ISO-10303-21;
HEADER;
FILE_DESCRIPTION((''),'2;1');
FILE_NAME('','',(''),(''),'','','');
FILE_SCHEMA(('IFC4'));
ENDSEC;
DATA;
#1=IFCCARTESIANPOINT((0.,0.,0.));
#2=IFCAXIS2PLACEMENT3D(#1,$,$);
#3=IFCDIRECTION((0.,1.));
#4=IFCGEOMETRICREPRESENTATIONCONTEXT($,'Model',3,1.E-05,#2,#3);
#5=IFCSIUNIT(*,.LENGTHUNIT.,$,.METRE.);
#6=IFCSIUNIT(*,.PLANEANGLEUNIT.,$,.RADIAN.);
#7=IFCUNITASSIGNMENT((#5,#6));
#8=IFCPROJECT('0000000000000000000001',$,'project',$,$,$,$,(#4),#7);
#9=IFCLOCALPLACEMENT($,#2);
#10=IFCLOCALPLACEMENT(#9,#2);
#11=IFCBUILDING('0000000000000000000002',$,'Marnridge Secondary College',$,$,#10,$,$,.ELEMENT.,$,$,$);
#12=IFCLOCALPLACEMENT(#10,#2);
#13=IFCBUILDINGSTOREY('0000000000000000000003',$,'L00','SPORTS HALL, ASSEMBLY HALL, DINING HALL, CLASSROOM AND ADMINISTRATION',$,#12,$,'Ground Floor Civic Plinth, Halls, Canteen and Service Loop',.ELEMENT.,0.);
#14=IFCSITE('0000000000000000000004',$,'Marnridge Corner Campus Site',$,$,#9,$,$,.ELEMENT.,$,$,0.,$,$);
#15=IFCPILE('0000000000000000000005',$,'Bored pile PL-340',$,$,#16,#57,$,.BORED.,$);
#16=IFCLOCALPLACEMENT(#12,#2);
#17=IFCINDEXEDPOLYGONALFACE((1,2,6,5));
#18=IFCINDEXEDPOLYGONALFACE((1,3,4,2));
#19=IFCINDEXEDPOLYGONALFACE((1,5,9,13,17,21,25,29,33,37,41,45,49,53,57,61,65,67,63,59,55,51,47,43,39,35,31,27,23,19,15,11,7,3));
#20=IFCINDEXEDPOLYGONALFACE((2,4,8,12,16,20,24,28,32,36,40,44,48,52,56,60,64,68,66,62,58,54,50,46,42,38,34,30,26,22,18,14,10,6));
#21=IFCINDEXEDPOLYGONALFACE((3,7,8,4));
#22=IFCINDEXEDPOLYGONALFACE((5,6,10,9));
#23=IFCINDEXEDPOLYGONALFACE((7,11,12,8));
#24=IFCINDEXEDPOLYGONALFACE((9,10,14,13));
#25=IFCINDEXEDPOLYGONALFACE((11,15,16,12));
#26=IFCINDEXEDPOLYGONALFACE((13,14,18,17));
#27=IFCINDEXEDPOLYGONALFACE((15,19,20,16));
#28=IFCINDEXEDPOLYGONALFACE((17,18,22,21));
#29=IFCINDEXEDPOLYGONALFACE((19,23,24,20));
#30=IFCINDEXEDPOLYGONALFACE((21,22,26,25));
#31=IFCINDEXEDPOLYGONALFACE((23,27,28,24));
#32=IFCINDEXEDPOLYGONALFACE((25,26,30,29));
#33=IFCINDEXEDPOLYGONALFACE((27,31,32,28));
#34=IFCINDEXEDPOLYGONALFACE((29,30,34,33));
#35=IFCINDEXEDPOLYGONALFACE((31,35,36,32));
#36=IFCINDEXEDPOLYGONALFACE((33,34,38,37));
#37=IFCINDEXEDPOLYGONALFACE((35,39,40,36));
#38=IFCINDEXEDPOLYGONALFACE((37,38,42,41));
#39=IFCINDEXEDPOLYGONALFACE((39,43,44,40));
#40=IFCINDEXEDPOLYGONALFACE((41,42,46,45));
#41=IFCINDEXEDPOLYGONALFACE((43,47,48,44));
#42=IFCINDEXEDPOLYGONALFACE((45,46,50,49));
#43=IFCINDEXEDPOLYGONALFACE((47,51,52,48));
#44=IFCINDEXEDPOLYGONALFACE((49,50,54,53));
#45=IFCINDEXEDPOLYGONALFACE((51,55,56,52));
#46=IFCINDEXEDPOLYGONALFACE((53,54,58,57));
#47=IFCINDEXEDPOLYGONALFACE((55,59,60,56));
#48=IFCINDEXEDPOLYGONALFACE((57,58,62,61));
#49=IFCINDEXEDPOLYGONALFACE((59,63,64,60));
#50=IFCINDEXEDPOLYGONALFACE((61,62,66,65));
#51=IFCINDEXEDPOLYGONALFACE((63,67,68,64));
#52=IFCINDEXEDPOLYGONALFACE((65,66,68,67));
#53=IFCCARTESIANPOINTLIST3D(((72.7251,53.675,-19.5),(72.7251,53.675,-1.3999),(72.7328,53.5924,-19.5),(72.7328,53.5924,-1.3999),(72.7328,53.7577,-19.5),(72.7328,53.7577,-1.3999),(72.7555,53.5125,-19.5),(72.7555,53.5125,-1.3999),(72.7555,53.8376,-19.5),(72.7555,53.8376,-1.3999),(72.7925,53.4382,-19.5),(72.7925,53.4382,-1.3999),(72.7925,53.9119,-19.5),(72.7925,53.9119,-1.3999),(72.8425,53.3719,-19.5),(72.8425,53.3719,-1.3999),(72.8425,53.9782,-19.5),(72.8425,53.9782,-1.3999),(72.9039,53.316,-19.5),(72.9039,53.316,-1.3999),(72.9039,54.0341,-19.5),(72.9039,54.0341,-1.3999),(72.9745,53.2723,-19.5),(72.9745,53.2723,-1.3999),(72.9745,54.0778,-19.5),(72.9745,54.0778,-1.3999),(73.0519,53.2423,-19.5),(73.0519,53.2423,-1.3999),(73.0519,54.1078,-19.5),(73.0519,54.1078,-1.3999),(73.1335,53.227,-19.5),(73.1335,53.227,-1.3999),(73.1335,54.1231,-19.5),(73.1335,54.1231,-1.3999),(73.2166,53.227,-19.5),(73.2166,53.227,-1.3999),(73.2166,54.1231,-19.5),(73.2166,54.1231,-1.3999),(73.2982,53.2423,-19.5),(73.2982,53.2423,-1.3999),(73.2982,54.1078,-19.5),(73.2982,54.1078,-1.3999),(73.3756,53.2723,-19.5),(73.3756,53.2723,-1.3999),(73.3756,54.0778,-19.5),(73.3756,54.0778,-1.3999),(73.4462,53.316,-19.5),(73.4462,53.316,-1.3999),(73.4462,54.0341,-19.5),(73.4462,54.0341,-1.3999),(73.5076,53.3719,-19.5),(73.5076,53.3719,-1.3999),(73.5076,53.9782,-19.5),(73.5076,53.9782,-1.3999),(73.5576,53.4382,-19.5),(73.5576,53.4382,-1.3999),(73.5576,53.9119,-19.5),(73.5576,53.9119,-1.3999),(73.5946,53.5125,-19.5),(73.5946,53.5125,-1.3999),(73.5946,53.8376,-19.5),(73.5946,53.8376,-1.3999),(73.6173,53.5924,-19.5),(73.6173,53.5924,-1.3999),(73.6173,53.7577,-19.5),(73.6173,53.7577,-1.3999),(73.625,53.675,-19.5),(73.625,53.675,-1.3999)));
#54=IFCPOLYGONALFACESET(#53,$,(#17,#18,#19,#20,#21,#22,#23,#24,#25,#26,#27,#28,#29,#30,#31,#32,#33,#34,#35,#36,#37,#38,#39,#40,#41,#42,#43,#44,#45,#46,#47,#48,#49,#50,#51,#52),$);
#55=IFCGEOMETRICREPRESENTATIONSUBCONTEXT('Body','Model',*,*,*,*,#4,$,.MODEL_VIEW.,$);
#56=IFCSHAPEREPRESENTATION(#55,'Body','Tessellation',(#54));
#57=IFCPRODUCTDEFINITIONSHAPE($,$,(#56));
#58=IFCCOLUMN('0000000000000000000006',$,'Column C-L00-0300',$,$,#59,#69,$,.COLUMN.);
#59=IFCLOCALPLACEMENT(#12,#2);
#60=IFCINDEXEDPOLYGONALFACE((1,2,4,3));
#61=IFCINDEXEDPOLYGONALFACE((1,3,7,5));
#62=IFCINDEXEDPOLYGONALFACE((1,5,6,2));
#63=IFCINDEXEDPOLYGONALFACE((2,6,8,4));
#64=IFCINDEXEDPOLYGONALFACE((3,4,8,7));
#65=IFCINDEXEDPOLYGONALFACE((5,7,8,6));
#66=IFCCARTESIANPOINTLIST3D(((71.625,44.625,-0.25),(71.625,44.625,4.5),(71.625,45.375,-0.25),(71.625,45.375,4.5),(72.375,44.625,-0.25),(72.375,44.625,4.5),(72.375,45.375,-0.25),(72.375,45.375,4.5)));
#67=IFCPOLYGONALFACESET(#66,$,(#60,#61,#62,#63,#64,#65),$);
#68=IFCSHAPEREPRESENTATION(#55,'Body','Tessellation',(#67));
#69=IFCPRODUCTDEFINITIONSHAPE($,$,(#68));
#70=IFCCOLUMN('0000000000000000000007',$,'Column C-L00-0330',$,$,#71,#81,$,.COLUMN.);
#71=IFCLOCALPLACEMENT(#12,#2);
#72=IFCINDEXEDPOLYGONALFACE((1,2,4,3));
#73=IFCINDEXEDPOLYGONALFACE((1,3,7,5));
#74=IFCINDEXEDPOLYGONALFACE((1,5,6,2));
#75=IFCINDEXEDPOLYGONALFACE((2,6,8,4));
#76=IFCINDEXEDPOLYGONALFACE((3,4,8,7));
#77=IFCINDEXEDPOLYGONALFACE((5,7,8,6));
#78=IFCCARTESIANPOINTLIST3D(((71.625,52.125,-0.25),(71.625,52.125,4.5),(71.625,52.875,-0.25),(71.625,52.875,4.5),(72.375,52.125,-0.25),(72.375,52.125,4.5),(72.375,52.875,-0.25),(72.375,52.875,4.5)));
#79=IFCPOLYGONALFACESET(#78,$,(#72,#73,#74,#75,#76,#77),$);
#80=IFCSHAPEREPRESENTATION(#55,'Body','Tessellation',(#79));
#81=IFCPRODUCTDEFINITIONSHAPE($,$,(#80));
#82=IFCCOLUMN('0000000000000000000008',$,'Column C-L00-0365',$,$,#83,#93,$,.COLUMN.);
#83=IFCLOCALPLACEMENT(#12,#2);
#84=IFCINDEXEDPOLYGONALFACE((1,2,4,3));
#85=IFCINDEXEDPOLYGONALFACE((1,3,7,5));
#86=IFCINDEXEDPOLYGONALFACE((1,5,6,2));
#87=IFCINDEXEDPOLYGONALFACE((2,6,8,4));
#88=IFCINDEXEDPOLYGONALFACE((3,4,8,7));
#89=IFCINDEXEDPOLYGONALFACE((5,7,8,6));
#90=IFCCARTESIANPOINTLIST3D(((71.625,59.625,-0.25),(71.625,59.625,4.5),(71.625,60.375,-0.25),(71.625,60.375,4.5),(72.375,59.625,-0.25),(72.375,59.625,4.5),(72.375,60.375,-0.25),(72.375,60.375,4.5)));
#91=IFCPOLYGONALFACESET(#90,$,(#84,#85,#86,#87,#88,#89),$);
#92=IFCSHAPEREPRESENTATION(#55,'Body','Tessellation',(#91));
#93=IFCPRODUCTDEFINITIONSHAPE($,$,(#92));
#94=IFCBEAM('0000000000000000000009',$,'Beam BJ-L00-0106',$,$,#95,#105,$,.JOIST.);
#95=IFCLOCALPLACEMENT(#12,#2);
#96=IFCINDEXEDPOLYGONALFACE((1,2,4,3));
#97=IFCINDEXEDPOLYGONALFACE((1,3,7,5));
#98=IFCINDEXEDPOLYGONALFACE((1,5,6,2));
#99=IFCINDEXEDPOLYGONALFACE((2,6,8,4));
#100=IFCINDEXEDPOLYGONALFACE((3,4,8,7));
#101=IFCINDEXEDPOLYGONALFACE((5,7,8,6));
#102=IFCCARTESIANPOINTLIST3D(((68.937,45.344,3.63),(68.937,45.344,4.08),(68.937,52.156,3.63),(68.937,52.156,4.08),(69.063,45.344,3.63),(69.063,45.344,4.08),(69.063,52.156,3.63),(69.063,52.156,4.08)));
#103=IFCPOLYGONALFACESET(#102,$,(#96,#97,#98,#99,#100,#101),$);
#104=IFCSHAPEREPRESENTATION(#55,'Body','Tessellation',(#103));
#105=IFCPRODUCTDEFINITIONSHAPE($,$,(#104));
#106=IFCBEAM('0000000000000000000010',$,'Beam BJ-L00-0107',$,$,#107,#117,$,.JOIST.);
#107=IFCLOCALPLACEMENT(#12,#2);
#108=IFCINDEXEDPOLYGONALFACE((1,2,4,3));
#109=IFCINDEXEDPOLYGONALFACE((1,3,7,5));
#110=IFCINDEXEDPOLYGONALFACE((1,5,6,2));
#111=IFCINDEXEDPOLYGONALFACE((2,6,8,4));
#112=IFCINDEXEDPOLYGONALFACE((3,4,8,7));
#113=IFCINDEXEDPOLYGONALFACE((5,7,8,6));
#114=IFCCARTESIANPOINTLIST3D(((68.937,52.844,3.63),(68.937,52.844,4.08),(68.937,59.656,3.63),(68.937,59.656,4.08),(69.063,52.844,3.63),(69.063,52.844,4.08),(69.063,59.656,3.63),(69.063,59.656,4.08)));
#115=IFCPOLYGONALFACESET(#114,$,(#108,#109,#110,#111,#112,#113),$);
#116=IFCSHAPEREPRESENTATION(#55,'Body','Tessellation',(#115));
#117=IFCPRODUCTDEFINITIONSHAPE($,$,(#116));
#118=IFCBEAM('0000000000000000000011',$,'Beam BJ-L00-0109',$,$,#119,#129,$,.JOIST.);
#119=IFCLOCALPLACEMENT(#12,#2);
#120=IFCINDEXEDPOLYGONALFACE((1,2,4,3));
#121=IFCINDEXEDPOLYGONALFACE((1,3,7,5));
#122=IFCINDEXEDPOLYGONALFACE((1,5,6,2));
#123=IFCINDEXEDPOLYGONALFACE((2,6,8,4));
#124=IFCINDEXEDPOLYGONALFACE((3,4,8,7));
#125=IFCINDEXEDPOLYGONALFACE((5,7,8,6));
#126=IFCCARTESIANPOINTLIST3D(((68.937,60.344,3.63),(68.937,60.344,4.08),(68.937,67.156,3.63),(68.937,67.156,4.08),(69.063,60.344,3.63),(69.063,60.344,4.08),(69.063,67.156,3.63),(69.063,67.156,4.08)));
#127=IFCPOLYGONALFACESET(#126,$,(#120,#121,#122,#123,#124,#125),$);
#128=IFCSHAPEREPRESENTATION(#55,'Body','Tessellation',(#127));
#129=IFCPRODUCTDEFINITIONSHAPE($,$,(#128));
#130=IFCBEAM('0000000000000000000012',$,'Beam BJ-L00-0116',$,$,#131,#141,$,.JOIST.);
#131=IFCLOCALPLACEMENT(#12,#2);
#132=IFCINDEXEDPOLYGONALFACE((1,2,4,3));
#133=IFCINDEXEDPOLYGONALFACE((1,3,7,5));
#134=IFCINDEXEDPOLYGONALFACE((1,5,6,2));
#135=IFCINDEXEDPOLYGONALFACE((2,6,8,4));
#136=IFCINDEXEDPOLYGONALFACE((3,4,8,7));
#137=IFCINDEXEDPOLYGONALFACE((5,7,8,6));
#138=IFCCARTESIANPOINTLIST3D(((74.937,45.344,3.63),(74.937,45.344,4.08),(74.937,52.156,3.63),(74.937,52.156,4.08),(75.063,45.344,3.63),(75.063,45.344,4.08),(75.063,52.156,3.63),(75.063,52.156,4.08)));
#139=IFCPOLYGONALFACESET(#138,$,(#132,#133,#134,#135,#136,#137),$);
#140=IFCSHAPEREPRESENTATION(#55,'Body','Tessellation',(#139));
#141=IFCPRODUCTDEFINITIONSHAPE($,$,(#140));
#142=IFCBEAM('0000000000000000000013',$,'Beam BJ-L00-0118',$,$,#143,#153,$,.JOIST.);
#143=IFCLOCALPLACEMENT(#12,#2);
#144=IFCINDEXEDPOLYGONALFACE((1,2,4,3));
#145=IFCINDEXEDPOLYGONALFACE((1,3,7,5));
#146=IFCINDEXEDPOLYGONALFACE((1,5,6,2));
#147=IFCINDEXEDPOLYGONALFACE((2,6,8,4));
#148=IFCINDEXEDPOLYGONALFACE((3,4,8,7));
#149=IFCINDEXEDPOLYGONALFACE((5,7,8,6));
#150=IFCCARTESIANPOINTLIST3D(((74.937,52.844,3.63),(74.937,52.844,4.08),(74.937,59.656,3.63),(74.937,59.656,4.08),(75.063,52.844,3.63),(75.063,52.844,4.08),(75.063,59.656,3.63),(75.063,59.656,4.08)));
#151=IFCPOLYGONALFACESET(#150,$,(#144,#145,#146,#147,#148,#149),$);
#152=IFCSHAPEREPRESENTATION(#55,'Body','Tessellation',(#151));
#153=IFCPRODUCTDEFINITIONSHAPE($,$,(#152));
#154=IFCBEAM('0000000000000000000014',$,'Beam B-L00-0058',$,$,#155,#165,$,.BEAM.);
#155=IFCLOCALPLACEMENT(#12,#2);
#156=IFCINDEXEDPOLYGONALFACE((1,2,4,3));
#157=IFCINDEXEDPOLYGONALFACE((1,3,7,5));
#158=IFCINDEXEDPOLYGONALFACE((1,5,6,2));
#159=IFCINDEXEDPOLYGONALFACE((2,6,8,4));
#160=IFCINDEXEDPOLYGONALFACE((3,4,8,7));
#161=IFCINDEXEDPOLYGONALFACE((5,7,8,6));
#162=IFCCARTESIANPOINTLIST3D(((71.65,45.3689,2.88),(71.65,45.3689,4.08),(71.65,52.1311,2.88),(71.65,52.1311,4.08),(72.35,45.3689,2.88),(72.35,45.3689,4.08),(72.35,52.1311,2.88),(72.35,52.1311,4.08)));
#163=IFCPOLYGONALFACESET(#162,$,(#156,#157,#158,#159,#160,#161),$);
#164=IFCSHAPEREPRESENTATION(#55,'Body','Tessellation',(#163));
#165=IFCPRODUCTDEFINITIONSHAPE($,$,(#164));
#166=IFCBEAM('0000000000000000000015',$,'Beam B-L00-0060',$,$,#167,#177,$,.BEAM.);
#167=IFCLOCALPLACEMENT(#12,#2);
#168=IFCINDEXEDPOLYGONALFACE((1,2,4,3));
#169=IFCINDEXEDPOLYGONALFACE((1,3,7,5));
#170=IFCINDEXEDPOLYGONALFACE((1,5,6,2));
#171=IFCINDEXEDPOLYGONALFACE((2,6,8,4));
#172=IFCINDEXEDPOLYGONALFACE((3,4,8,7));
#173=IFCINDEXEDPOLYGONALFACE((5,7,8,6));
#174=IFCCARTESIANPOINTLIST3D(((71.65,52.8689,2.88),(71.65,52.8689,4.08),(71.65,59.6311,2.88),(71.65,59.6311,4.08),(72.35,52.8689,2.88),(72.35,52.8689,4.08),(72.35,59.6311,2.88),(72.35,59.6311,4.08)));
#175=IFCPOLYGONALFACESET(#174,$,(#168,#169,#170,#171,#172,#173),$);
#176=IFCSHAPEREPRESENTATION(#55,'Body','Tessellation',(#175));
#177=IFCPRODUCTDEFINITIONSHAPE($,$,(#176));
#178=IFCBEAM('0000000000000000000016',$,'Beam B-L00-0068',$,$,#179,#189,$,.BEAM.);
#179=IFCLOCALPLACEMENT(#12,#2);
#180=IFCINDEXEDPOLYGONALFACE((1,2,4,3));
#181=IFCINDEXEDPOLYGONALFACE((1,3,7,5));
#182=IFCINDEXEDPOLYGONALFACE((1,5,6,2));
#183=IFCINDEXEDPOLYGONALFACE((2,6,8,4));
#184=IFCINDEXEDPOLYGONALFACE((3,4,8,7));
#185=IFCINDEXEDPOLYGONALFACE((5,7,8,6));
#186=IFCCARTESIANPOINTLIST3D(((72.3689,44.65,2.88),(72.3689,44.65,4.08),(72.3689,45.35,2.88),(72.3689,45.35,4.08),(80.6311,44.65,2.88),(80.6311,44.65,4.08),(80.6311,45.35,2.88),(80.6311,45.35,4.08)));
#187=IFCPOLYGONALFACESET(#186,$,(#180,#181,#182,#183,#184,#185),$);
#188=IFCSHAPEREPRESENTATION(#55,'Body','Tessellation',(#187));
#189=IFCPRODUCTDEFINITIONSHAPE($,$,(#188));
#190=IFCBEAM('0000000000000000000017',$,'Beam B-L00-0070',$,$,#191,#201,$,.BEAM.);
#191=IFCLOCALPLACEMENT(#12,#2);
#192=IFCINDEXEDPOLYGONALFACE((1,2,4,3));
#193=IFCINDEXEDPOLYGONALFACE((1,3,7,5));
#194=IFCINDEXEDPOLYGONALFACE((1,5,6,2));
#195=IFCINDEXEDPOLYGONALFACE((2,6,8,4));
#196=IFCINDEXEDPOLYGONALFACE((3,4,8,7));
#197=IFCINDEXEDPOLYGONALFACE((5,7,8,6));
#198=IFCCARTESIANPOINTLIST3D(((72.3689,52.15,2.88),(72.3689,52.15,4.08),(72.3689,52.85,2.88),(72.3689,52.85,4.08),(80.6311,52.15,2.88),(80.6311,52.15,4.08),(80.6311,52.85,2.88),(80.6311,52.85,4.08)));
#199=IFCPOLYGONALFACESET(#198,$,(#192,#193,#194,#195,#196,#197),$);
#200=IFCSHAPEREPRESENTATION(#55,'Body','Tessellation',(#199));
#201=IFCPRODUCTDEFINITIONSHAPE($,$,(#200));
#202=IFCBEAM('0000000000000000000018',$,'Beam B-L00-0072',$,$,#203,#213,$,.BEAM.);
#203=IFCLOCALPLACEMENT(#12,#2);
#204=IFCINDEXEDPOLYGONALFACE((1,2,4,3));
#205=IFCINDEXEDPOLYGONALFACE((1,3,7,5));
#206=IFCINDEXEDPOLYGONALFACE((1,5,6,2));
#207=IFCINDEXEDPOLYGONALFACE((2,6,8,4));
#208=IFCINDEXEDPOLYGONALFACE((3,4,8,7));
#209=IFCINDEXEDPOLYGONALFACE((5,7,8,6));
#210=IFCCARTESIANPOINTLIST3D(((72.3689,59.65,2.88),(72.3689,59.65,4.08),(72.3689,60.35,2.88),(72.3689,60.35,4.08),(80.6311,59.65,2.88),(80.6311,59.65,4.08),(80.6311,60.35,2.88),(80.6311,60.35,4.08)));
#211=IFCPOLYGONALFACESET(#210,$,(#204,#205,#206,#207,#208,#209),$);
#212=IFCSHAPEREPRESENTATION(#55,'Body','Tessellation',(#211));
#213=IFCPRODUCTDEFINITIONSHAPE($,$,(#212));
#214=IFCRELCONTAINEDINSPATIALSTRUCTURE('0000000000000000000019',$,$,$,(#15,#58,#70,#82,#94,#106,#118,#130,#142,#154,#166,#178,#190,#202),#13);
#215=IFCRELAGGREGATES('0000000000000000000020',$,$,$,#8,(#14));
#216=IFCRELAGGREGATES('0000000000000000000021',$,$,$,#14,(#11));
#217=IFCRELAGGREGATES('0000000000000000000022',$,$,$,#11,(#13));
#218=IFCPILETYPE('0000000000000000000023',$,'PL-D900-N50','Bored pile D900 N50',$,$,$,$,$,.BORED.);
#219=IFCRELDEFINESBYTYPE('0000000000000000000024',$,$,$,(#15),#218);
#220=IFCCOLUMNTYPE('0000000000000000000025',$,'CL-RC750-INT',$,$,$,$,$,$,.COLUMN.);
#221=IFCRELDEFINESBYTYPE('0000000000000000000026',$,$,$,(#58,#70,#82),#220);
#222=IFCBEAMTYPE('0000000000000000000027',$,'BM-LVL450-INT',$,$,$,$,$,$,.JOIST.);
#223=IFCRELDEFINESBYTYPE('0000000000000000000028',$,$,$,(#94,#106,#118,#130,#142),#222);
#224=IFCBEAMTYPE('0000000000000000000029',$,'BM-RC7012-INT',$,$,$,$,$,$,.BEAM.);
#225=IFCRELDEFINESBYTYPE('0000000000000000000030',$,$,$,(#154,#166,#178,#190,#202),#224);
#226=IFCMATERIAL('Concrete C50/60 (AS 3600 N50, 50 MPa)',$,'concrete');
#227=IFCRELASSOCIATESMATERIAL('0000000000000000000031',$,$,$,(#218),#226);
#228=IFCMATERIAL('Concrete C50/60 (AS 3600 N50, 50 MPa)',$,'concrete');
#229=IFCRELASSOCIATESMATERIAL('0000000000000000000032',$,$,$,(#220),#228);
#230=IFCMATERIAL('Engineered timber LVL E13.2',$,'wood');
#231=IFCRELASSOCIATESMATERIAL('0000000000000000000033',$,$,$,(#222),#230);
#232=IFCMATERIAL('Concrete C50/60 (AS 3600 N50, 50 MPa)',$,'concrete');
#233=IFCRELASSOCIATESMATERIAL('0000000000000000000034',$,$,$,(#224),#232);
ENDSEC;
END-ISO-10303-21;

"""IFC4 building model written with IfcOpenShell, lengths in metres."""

from ifc_helpers import new_model, si_unit, direction, frame, origin, origin_2d, place, context, subcontext, project, spatial, rectangle, circle, extrude, material, material_profile, profile_set, type_object, element, save


model = new_model("IFC4")

# Units and contexts
model_context = context("Model", 3, precision=1e-05, world=origin(), true_north=direction((0.0, 1.0)))
body_context = subcontext(model_context, "Body", "Model", "MODEL_VIEW")
ifc_project = project(units=[si_unit("LENGTHUNIT", "METRE"), si_unit("PLANEANGLEUNIT", "RADIAN")], contexts=[model_context])

# Site, building, storey
site_placement = place(None, origin())
site = spatial("IfcSite", under=ifc_project, at=site_placement, Name="Marnridge Corner Campus Site", CompositionType="ELEMENT", RefElevation=0.0)
building_placement = place(site_placement, origin())
building = spatial("IfcBuilding", under=site, at=building_placement, Name="Marnridge Secondary College", CompositionType="ELEMENT")
storey_placement = place(building_placement, origin())
storey = spatial("IfcBuildingStorey", under=building, at=storey_placement, Name="L00", Description="SPORTS HALL, ASSEMBLY HALL, DINING HALL, CLASSROOM AND ADMINISTRATION", LongName="Ground Floor Civic Plinth, Halls, Canteen and Service Loop", CompositionType="ELEMENT", Elevation=0.0)

# Pile
ifc_material_1 = material(Name="Concrete C50/60 (AS 3600 N50, 50 MPa)", Category="concrete")
ifc_material_profile_1 = material_profile(ifc_material_1, circle(Radius=0.45, at=origin_2d()), Name="PILE D900")
ifc_profile_set_1 = profile_set([ifc_material_profile_1], Name="Concrete C50/60 (AS 3600 N50, 50 MPa)")
pile_type_1 = type_object("IfcPileType", Name="PL-D900-N50", Description="Bored pile D900 N50", PredefinedType="BORED", material=ifc_profile_set_1)
for number, where, z_axis, x_axis, name in (
    (1, (73.175, 53.675, -1.3999), (0.0, 0.0, -1.0), (1.0, 0.0, 0.0), "Bored pile PL-340"),
):
    element("IfcPile", number, at=place(storey_placement, frame(where, z_axis=z_axis, x_axis=x_axis)), inside=storey, type_object=pile_type_1, Name=name, PredefinedType="BORED", context=body_context, shape_type="SweptSolid", body=[
        extrude(circle(Radius=0.45, at=origin_2d()), origin(), (0.0, 0.0, 1.0), 18.1001),
    ])

# Columns
ifc_material_2 = material(Name="Concrete C50/60 (AS 3600 N50, 50 MPa)", Category="concrete")
ifc_material_profile_2 = material_profile(ifc_material_2, rectangle(XDim=0.75, YDim=0.75, at=origin_2d()), Name="RC 750x750")
ifc_profile_set_2 = profile_set([ifc_material_profile_2], Name="Concrete C50/60 (AS 3600 N50, 50 MPa)")
column_type = type_object("IfcColumnType", Name="CL-RC750-INT", PredefinedType="COLUMN", material=ifc_profile_set_2)
for number, where, z_axis, x_axis, name in (
    (2, (72.0, 45.0, -0.25), (0.0, 0.0, 1.0), (1.0, 0.0, 0.0), "Column C-L00-0300"),
    (3, (72.0, 52.5, -0.25), (0.0, 0.0, 1.0), (1.0, 0.0, 0.0), "Column C-L00-0330"),
    (4, (72.0, 60.0, -0.25), (0.0, 0.0, 1.0), (1.0, 0.0, 0.0), "Column C-L00-0365"),
):
    element("IfcColumn", number, at=place(storey_placement, frame(where, z_axis=z_axis, x_axis=x_axis)), inside=storey, type_object=column_type, Name=name, PredefinedType="COLUMN", context=body_context, shape_type="SweptSolid", body=[
        extrude(rectangle(XDim=0.75, YDim=0.75, at=origin_2d()), origin(), (0.0, 0.0, 1.0), 4.75),
    ])

# Beams
ifc_material_3 = material(Name="Engineered timber LVL E13.2", Category="wood")
ifc_material_profile_3 = material_profile(ifc_material_3, rectangle(XDim=0.126, YDim=0.45, at=origin_2d()), Name="LVL 126x450")
ifc_profile_set_3 = profile_set([ifc_material_profile_3], Name="Engineered timber LVL E13.2")
beam_type_1 = type_object("IfcBeamType", Name="BM-LVL450-INT", PredefinedType="JOIST", material=ifc_profile_set_3)
for number, where, z_axis, x_axis, name in (
    (5, (69.0, 45.344, 3.855), (0.0, 1.0, 0.0), (-1.0, 0.0, 0.0), "Beam BJ-L00-0106"),
    (6, (69.0, 52.844, 3.855), (0.0, 1.0, 0.0), (-1.0, 0.0, 0.0), "Beam BJ-L00-0107"),
    (7, (69.0, 60.344, 3.855), (0.0, 1.0, 0.0), (-1.0, 0.0, 0.0), "Beam BJ-L00-0109"),
    (8, (75.0, 45.344, 3.855), (0.0, 1.0, 0.0), (-1.0, 0.0, 0.0), "Beam BJ-L00-0116"),
    (9, (75.0, 52.844, 3.855), (0.0, 1.0, 0.0), (-1.0, 0.0, 0.0), "Beam BJ-L00-0118"),
):
    element("IfcBeam", number, at=place(storey_placement, frame(where, z_axis=z_axis, x_axis=x_axis)), inside=storey, type_object=beam_type_1, Name=name, PredefinedType="JOIST", context=body_context, shape_type="SweptSolid", body=[
        extrude(rectangle(XDim=0.126, YDim=0.45, at=origin_2d()), origin(), (0.0, 0.0, 1.0), 6.812),
    ])
ifc_material_4 = material(Name="Concrete C50/60 (AS 3600 N50, 50 MPa)", Category="concrete")
ifc_material_profile_4 = material_profile(ifc_material_4, rectangle(XDim=0.7, YDim=1.2, at=origin_2d()), Name="RC 700x1200")
ifc_profile_set_4 = profile_set([ifc_material_profile_4], Name="Concrete C50/60 (AS 3600 N50, 50 MPa)")
beam_type_2 = type_object("IfcBeamType", Name="BM-RC7012-INT", PredefinedType="BEAM", material=ifc_profile_set_4)
for number, where, z_axis, x_axis, name in (
    (10, (72.0, 45.3689, 3.48), (0.0, 1.0, 0.0), (-1.0, 0.0, 0.0), "Beam B-L00-0058"),
    (11, (72.0, 52.8689, 3.48), (0.0, 1.0, 0.0), (-1.0, 0.0, 0.0), "Beam B-L00-0060"),
):
    element("IfcBeam", number, at=place(storey_placement, frame(where, z_axis=z_axis, x_axis=x_axis)), inside=storey, type_object=beam_type_2, Name=name, PredefinedType="BEAM", context=body_context, shape_type="SweptSolid", body=[
        extrude(rectangle(XDim=0.7, YDim=1.2, at=origin_2d()), origin(), (0.0, 0.0, 1.0), 6.7622),
    ])
for number, where, z_axis, x_axis, name in (
    (12, (72.3689, 45.0, 3.48), (1.0, 0.0, 0.0), (0.0, 1.0, 0.0), "Beam B-L00-0068"),
    (13, (72.3689, 52.5, 3.48), (1.0, 0.0, 0.0), (0.0, 1.0, 0.0), "Beam B-L00-0070"),
    (14, (72.3689, 60.0, 3.48), (1.0, 0.0, 0.0), (0.0, 1.0, 0.0), "Beam B-L00-0072"),
):
    element("IfcBeam", number, at=place(storey_placement, frame(where, z_axis=z_axis, x_axis=x_axis)), inside=storey, type_object=beam_type_2, Name=name, PredefinedType="BEAM", context=body_context, shape_type="SweptSolid", body=[
        extrude(rectangle(XDim=0.7, YDim=1.2, at=origin_2d()), origin(), (0.0, 0.0, 1.0), 8.2622),
    ])

save(model, "model.ifc")
